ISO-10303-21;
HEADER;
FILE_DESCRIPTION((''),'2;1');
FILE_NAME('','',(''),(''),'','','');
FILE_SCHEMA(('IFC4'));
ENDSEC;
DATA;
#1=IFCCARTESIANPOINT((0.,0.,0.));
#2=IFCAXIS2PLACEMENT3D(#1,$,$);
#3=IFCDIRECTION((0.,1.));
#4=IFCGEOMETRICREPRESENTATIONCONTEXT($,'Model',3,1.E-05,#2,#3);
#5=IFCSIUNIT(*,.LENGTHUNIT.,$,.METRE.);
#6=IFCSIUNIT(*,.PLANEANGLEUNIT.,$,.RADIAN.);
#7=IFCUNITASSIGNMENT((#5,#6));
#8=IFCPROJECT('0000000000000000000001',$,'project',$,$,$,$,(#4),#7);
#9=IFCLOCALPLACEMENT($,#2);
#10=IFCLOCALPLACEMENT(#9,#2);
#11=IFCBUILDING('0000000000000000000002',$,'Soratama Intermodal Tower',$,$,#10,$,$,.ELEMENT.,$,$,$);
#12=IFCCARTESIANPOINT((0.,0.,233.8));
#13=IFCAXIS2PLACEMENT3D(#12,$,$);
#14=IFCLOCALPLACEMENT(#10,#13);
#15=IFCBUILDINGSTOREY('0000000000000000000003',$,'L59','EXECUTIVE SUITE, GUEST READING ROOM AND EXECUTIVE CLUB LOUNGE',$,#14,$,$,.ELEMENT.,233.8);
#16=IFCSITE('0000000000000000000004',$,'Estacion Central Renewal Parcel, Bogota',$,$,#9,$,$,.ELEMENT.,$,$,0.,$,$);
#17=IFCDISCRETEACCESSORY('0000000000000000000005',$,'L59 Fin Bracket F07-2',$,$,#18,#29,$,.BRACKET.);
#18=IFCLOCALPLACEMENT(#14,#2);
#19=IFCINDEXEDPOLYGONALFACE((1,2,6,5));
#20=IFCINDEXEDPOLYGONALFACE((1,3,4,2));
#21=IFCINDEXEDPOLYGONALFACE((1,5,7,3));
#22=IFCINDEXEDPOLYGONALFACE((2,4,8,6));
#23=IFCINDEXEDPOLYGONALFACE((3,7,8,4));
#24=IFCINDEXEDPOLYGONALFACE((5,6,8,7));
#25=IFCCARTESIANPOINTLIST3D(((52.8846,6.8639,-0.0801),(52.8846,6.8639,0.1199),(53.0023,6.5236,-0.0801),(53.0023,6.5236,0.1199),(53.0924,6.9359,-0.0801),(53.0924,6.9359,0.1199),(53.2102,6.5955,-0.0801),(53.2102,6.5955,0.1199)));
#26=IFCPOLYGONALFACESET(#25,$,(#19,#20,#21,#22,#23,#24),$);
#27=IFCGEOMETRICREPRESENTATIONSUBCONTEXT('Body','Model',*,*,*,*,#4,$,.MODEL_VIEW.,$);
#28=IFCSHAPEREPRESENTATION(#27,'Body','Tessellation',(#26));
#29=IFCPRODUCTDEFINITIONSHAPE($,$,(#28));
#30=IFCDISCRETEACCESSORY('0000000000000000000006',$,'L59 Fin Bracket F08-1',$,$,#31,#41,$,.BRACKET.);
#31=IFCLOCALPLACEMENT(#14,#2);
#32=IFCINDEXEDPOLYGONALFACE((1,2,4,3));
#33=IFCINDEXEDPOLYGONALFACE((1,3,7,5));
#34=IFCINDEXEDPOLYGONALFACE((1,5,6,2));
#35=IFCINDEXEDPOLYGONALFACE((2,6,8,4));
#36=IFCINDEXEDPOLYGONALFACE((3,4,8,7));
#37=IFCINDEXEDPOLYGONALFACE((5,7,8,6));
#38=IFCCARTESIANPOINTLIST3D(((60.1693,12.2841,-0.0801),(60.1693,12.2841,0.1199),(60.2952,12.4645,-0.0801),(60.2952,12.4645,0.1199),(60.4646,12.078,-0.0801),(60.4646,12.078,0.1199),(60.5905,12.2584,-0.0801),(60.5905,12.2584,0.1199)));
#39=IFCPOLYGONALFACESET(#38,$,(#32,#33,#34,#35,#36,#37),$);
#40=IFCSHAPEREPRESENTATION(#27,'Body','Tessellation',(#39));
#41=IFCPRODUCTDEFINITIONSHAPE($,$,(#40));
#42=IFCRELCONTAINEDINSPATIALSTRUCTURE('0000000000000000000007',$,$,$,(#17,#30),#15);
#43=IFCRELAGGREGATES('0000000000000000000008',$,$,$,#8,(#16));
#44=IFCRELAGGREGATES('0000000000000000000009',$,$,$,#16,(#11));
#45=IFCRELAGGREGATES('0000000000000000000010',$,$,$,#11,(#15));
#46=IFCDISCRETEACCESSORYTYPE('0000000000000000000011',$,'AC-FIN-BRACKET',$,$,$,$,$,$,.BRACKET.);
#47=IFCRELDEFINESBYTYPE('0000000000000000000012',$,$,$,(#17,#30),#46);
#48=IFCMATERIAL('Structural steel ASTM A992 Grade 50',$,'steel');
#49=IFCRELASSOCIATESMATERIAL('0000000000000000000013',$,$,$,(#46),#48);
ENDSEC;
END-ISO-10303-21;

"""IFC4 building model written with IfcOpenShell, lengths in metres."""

from ifc_helpers import new_model, si_unit, direction, frame, origin, origin_2d, place, context, subcontext, project, spatial, rectangle, extrude, material, type_object, element, save


model = new_model("IFC4")

# Units and contexts
model_context = context("Model", 3, precision=1e-05, world=origin(), true_north=direction((0.0, 1.0)))
body_context = subcontext(model_context, "Body", "Model", "MODEL_VIEW")
ifc_project = project(units=[si_unit("LENGTHUNIT", "METRE"), si_unit("PLANEANGLEUNIT", "RADIAN")], contexts=[model_context])

# Site, building, storey
site_placement = place(None, origin())
site = spatial("IfcSite", under=ifc_project, at=site_placement, Name="Estacion Central Renewal Parcel, Bogota", CompositionType="ELEMENT", RefElevation=0.0)
building_placement = place(site_placement, origin())
building = spatial("IfcBuilding", under=site, at=building_placement, Name="Soratama Intermodal Tower", CompositionType="ELEMENT")
storey_placement = place(building_placement, frame((0.0, 0.0, 233.8)))
storey = spatial("IfcBuildingStorey", under=building, at=storey_placement, Name="L59", Description="EXECUTIVE SUITE, GUEST READING ROOM AND EXECUTIVE CLUB LOUNGE", CompositionType="ELEMENT", Elevation=233.8)

# Discrete accessories
ifc_material_1 = material(Name="Structural steel ASTM A992 Grade 50", Category="steel")
discrete_accessory_type = type_object("IfcDiscreteAccessoryType", Name="AC-FIN-BRACKET", PredefinedType="BRACKET", material=ifc_material_1)
for number, where, z_axis, x_axis, name in (
    (1, (53.0474, 6.7297, -0.0801), (0.0, 0.0, 1.0), (0.326888, -0.945063, 0.0), "L59 Fin Bracket F07-2"),
    (2, (60.3799, 12.2712, -0.0801), (0.0, 0.0, 1.0), (0.819952, -0.572432, 0.0), "L59 Fin Bracket F08-1"),
):
    element("IfcDiscreteAccessory", number, at=place(storey_placement, frame(where, z_axis=z_axis, x_axis=x_axis)), inside=storey, type_object=discrete_accessory_type, Name=name, PredefinedType="BRACKET", context=body_context, shape_type="SweptSolid", body=[
        extrude(rectangle(XDim=0.3601, YDim=0.22, at=origin_2d()), origin(), (0.0, 0.0, 1.0), 0.2),
    ])

save(model, "model.ifc")
